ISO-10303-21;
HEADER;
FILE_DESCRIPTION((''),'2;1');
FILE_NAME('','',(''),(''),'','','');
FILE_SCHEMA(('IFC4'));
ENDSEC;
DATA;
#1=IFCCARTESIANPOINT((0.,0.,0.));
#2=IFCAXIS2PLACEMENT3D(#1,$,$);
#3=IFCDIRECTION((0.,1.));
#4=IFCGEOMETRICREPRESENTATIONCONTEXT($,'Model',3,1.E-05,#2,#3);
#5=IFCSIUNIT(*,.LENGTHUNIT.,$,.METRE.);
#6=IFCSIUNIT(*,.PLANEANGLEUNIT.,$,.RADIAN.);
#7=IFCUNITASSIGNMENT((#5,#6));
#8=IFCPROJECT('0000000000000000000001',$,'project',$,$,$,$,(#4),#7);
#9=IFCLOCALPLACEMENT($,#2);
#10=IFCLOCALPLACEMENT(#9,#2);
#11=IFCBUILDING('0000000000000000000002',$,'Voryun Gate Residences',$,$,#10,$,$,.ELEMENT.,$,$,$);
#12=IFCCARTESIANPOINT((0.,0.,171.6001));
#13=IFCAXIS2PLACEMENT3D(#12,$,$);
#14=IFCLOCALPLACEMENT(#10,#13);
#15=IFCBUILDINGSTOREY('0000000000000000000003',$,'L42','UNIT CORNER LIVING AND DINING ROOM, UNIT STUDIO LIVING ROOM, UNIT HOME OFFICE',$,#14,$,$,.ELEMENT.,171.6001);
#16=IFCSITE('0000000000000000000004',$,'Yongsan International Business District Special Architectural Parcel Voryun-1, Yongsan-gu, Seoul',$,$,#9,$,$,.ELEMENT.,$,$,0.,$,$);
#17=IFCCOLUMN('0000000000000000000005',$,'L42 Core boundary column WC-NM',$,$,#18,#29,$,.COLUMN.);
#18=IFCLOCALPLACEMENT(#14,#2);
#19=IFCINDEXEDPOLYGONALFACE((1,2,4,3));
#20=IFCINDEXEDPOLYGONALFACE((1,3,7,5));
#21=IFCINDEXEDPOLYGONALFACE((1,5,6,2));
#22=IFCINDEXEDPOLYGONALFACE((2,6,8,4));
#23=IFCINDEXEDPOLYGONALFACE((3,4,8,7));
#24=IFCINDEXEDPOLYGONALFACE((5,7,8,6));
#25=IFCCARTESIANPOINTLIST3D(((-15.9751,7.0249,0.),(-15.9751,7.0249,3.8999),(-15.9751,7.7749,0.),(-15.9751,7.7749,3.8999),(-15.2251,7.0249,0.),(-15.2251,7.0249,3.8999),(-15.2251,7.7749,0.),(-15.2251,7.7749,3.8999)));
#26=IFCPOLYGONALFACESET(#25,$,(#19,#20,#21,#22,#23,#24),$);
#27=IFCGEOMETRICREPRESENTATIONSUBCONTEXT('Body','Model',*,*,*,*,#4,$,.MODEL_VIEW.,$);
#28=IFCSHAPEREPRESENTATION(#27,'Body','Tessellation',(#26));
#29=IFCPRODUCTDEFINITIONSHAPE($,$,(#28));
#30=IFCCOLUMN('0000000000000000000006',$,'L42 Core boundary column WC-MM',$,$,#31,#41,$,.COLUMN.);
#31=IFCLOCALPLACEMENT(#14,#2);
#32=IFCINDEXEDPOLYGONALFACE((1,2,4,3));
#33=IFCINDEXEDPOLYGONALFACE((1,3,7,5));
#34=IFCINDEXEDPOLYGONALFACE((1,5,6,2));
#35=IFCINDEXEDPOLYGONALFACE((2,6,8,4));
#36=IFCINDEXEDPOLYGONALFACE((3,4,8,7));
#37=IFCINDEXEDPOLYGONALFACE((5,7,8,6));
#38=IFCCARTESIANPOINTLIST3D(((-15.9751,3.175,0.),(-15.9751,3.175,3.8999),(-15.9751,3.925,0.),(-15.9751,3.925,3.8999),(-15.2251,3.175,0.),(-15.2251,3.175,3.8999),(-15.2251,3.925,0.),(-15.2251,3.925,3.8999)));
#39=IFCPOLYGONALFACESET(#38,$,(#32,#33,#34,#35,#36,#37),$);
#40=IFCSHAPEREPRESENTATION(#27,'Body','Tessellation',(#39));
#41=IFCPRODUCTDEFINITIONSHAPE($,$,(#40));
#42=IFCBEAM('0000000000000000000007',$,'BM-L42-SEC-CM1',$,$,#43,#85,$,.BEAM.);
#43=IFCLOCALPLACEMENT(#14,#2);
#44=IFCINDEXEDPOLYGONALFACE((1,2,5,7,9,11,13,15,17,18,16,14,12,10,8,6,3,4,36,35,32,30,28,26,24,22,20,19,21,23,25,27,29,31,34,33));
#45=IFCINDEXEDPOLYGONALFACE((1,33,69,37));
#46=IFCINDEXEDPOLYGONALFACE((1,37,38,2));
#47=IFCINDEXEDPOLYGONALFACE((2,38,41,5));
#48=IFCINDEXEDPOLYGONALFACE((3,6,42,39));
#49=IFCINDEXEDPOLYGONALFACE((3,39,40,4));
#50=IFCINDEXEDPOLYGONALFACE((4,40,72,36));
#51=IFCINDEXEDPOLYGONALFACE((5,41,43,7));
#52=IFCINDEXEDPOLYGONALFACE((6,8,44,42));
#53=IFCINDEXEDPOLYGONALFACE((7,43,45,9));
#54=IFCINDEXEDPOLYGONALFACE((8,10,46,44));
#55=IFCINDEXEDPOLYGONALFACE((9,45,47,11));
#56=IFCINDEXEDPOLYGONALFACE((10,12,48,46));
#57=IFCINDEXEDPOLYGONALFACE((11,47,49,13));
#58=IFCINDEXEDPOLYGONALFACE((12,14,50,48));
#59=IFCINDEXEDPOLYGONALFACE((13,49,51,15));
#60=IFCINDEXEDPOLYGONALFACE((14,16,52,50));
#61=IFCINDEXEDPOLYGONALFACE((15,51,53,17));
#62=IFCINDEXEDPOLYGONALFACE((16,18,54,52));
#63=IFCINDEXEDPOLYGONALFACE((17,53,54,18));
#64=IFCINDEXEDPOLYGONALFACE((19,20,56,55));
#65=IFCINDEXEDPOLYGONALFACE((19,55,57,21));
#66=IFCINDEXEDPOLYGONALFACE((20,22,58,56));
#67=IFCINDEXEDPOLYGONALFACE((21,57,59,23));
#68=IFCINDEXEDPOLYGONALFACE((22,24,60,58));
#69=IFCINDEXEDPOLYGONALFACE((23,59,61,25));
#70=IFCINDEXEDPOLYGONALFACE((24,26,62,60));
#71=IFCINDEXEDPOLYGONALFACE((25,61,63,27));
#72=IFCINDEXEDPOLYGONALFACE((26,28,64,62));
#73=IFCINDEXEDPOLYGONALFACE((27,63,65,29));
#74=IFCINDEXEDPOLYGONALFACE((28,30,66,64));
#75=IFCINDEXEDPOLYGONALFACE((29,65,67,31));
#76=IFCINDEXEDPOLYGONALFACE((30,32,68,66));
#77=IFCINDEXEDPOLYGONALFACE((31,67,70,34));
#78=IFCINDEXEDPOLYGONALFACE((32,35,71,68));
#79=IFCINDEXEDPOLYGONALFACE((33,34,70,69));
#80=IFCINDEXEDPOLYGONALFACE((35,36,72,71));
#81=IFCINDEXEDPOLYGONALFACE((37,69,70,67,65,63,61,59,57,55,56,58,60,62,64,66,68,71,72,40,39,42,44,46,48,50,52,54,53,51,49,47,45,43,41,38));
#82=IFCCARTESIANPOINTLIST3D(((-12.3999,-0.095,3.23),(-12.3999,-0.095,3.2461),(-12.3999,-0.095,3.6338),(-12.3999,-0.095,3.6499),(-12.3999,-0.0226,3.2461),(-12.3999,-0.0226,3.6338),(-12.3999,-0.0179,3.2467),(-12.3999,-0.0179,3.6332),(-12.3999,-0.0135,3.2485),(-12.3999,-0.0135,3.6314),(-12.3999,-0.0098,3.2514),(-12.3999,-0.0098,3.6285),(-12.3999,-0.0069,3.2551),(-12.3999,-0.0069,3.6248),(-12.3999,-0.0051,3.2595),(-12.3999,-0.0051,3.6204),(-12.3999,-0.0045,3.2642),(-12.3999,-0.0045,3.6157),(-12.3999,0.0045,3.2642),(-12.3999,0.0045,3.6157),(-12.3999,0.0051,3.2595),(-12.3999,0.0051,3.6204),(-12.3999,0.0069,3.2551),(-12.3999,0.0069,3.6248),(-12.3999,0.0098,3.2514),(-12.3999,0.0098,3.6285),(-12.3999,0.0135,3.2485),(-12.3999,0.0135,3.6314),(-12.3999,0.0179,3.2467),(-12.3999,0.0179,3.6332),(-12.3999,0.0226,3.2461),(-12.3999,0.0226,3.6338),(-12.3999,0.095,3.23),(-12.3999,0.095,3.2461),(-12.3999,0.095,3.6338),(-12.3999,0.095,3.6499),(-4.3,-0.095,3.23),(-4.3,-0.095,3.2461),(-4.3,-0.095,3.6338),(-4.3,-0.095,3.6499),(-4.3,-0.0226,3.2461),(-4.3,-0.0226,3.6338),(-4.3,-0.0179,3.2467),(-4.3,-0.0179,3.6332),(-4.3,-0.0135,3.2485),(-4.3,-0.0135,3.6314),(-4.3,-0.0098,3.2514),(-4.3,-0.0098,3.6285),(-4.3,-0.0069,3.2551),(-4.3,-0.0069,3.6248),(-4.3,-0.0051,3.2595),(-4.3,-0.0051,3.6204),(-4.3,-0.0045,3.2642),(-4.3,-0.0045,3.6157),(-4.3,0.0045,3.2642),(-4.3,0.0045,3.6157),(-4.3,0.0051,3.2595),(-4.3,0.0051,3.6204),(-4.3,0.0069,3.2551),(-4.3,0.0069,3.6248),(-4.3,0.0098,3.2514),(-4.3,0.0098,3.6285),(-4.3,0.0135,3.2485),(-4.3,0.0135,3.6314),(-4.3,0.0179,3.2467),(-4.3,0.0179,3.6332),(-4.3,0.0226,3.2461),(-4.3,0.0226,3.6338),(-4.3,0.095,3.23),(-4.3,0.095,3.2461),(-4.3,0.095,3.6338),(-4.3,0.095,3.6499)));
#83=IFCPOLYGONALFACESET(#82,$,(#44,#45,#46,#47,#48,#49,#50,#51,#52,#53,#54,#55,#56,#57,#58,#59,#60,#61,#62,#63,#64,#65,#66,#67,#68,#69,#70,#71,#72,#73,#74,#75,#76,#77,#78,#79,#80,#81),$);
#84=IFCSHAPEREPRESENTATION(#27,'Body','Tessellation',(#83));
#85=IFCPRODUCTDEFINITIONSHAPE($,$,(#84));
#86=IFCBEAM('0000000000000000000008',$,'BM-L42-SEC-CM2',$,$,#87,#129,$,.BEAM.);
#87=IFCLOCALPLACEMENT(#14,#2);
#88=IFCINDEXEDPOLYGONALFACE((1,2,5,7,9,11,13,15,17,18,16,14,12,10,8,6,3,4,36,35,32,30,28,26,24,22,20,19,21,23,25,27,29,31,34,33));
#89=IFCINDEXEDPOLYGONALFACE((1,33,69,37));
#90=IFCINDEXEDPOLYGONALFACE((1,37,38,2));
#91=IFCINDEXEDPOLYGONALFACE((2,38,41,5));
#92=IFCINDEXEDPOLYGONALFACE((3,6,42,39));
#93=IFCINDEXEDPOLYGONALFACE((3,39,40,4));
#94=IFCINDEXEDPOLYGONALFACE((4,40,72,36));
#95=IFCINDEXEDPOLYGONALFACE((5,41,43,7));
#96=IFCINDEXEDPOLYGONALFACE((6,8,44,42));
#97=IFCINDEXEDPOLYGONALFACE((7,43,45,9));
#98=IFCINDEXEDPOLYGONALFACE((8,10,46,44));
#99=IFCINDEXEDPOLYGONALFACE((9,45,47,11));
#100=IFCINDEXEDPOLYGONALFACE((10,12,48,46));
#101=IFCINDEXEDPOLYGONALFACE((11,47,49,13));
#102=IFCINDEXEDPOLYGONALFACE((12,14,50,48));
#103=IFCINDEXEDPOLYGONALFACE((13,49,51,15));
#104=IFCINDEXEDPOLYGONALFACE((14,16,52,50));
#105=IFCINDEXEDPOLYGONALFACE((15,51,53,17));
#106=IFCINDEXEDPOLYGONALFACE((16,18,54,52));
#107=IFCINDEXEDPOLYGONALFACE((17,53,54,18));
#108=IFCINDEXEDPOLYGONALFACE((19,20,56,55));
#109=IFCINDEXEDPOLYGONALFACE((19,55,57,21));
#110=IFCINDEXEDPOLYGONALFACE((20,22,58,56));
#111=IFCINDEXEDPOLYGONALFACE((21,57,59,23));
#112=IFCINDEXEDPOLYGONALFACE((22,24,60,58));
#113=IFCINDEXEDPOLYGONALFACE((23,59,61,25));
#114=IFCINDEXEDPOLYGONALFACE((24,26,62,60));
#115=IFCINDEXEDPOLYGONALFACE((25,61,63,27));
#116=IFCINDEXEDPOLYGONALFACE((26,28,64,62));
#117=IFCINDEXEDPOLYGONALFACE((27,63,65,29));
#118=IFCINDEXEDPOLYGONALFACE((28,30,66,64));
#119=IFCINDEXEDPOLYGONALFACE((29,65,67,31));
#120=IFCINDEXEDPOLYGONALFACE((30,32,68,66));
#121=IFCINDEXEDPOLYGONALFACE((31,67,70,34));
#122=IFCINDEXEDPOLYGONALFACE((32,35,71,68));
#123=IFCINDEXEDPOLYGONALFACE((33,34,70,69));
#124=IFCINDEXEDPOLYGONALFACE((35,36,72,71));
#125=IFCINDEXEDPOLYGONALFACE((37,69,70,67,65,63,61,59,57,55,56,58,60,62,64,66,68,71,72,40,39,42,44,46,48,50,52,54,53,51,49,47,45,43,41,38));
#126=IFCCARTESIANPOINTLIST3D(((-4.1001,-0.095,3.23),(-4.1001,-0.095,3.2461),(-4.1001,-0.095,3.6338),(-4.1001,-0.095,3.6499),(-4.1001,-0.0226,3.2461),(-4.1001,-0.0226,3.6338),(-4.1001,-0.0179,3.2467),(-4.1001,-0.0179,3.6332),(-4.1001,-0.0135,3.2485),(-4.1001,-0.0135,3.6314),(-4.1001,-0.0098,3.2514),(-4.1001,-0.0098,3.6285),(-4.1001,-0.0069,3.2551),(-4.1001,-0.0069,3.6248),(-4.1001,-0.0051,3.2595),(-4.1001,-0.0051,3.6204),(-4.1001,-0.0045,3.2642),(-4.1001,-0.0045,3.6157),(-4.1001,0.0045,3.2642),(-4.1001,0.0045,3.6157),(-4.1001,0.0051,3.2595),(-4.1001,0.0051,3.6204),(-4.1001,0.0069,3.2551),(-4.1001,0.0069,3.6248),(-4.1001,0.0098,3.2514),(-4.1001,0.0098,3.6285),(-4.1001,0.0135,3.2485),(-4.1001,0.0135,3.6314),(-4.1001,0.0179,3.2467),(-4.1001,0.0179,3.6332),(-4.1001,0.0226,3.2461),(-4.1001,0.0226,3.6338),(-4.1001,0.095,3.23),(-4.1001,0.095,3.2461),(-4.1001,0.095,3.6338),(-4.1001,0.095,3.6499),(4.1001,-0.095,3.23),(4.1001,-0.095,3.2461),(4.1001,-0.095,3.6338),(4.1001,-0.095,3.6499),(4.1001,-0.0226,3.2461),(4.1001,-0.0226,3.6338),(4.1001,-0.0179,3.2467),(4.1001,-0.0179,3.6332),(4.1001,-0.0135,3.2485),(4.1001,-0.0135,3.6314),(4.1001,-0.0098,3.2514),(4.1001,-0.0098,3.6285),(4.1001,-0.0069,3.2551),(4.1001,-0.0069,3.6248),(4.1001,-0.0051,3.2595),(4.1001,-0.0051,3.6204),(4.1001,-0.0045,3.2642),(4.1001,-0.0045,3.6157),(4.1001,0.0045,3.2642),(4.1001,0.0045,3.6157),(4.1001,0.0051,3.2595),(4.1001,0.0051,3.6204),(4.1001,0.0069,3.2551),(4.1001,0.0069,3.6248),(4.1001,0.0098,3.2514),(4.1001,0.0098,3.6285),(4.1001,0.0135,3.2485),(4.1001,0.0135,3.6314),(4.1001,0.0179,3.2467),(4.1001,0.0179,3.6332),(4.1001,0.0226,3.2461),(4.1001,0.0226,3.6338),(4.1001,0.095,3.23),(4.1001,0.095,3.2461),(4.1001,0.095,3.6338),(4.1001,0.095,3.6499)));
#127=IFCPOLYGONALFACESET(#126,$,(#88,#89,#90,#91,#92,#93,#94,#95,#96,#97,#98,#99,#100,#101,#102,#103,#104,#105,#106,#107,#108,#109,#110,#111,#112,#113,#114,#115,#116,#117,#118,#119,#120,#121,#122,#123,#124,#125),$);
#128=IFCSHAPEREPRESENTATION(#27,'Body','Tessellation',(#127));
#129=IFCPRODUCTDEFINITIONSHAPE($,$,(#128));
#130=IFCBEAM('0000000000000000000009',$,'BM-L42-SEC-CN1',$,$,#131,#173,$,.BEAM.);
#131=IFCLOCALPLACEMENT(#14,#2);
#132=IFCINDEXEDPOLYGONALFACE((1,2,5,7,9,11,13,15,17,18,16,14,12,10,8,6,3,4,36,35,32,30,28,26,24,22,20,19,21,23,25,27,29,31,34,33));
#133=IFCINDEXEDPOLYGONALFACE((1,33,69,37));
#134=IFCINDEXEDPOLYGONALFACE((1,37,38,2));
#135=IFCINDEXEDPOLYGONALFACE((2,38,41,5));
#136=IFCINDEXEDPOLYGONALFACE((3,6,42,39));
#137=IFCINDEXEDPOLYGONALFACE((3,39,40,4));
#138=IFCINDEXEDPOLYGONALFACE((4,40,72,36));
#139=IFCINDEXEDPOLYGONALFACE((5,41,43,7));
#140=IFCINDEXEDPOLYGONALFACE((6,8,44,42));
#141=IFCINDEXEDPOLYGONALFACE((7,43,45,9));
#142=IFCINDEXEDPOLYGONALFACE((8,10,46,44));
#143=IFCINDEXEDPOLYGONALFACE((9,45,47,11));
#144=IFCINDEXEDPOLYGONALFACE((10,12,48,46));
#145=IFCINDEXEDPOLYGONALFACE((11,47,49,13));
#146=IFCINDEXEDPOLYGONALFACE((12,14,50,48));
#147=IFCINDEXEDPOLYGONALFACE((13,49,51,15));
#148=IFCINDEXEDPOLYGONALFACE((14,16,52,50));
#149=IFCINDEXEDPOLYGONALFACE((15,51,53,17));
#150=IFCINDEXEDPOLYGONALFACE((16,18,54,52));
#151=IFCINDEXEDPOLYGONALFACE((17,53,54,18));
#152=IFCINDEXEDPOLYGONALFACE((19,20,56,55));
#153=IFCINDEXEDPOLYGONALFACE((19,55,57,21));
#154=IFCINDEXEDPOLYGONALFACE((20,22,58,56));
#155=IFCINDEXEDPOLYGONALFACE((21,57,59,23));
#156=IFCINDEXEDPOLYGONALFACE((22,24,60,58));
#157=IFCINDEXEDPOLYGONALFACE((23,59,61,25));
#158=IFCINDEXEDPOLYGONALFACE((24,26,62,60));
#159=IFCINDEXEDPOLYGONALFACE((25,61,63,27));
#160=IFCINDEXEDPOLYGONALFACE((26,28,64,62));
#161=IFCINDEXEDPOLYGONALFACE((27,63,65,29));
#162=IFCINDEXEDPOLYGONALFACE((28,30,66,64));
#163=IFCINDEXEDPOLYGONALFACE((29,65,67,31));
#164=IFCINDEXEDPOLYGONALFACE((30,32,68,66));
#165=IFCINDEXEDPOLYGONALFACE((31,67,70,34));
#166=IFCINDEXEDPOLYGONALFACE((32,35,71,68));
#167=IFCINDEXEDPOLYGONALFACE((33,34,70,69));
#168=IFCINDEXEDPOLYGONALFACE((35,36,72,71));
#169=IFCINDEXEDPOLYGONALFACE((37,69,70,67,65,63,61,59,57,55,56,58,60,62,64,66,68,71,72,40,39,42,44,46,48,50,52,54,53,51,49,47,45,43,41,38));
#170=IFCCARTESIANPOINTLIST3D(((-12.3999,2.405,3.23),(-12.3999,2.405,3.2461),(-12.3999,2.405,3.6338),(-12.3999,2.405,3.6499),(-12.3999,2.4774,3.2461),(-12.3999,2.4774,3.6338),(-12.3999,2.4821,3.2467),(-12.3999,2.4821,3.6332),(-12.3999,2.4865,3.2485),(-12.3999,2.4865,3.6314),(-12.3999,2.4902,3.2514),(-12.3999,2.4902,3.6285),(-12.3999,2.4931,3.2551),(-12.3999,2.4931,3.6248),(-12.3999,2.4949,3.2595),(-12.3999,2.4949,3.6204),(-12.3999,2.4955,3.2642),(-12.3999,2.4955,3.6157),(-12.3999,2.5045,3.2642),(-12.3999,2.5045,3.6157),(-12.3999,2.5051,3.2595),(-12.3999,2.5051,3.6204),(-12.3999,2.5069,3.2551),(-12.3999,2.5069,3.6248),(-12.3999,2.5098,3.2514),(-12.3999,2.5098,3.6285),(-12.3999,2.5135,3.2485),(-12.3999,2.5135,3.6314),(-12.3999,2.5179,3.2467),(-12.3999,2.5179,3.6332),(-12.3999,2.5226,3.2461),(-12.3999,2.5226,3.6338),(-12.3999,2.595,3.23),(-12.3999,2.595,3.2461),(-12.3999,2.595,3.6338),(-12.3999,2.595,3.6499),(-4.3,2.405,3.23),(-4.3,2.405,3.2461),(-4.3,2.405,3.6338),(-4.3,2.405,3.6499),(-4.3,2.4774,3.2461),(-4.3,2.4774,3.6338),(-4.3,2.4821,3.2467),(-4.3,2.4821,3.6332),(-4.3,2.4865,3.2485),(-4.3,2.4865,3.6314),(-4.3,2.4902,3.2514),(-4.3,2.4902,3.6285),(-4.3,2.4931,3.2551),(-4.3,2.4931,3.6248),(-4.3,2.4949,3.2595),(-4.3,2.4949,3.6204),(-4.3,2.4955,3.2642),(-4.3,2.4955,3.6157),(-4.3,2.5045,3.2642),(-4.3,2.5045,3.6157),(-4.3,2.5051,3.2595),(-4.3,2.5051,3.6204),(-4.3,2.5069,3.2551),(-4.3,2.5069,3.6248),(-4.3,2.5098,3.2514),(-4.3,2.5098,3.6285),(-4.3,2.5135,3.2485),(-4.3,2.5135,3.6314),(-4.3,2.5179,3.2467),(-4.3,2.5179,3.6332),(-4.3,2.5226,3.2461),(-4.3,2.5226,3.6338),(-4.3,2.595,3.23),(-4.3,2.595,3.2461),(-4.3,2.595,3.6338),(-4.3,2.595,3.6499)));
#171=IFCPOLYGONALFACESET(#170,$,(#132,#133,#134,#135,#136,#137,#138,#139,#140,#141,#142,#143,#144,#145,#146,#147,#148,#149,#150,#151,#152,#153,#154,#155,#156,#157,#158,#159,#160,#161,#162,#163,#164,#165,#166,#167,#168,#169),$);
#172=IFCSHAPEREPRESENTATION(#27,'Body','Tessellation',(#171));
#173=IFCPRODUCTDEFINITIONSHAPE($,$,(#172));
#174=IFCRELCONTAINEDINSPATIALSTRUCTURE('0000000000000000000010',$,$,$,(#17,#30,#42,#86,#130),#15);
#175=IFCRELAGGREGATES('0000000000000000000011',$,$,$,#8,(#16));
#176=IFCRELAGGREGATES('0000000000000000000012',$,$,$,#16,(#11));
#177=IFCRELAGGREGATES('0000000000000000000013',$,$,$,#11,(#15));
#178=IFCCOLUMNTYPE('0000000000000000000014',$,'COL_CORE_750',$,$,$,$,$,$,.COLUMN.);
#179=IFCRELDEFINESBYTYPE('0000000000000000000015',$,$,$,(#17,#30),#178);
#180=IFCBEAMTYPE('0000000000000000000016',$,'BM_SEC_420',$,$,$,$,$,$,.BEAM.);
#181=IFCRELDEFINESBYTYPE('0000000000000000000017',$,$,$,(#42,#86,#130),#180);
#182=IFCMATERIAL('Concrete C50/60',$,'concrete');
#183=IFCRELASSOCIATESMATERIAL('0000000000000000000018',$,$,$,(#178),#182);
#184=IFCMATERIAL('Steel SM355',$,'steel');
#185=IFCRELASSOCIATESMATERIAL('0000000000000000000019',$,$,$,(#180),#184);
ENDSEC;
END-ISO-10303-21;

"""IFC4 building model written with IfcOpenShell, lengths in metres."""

from ifc_helpers import new_model, si_unit, direction, frame, origin, origin_2d, place, context, subcontext, project, spatial, rectangle, i_section, extrude, material, material_profile, profile_set, type_object, element, save


model = new_model("IFC4")

# Units and contexts
model_context = context("Model", 3, precision=1e-05, world=origin(), true_north=direction((0.0, 1.0)))
body_context = subcontext(model_context, "Body", "Model", "MODEL_VIEW")
ifc_project = project(units=[si_unit("LENGTHUNIT", "METRE"), si_unit("PLANEANGLEUNIT", "RADIAN")], contexts=[model_context])

# Site, building, storey
site_placement = place(None, origin())
site = spatial("IfcSite", under=ifc_project, at=site_placement, Name="Yongsan International Business District Special Architectural Parcel Voryun-1, Yongsan-gu, Seoul", CompositionType="ELEMENT", RefElevation=0.0)
building_placement = place(site_placement, origin())
building = spatial("IfcBuilding", under=site, at=building_placement, Name="Voryun Gate Residences", CompositionType="ELEMENT")
storey_placement = place(building_placement, frame((0.0, 0.0, 171.6001)))
storey = spatial("IfcBuildingStorey", under=building, at=storey_placement, Name="L42", Description="UNIT CORNER LIVING AND DINING ROOM, UNIT STUDIO LIVING ROOM, UNIT HOME OFFICE", CompositionType="ELEMENT", Elevation=171.6001)

# Columns
ifc_material_1 = material(Name="Concrete C50/60", Category="concrete")
ifc_material_profile_1 = material_profile(ifc_material_1, rectangle(XDim=0.75, YDim=0.75, at=origin_2d()), Name="RC-750x750")
ifc_profile_set_1 = profile_set([ifc_material_profile_1], Name="Concrete C50/60")
column_type = type_object("IfcColumnType", Name="COL_CORE_750", PredefinedType="COLUMN", material=ifc_profile_set_1)
for number, where, z_axis, x_axis, name in (
    (1, (-15.6001, 7.3999, 0.0), (0.0, 0.0, 1.0), (1.0, 0.0, 0.0), "L42 Core boundary column WC-NM"),
    (2, (-15.6001, 3.55, 0.0), (0.0, 0.0, 1.0), (1.0, 0.0, 0.0), "L42 Core boundary column WC-MM"),
):
    element("IfcColumn", number, at=place(storey_placement, frame(where, z_axis=z_axis, x_axis=x_axis)), inside=storey, type_object=column_type, Name=name, PredefinedType="COLUMN", context=body_context, shape_type="SweptSolid", body=[
        extrude(rectangle(XDim=0.75, YDim=0.75, at=origin_2d()), origin(), (0.0, 0.0, 1.0), 3.8999),
    ])

# Beams
ifc_material_2 = material(Name="Steel SM355", Category="steel")
ifc_material_profile_2 = material_profile(ifc_material_2, i_section(OverallWidth=0.1899, OverallDepth=0.4199, WebThickness=0.009, FlangeThickness=0.0161, FilletRadius=0.0181, at=origin_2d()), Name="H-420x190x9x16")
ifc_profile_set_2 = profile_set([ifc_material_profile_2], Name="Steel SM355")
beam_type = type_object("IfcBeamType", Name="BM_SEC_420", PredefinedType="BEAM", material=ifc_profile_set_2)
beam_1_placement = place(storey_placement, frame((-12.3999, 0.0, 3.4399), z_axis=(1.0, 0.0, 0.0), x_axis=(0.0, 1.0, 0.0)))
element("IfcBeam", 3, at=beam_1_placement, inside=storey, type_object=beam_type, Name="BM-L42-SEC-CM1", PredefinedType="BEAM", context=body_context, shape_type="SweptSolid", body=[
    extrude(i_section(OverallWidth=0.1899, OverallDepth=0.4199, WebThickness=0.009, FlangeThickness=0.0161, FilletRadius=0.0181, at=origin_2d()), origin(), (0.0, 0.0, 1.0), 8.0999),
])
beam_2_placement = place(storey_placement, frame((-4.1001, 0.0, 3.4399), z_axis=(1.0, 0.0, 0.0), x_axis=(0.0, 1.0, 0.0)))
element("IfcBeam", 4, at=beam_2_placement, inside=storey, type_object=beam_type, Name="BM-L42-SEC-CM2", PredefinedType="BEAM", context=body_context, shape_type="SweptSolid", body=[
    extrude(i_section(OverallWidth=0.1899, OverallDepth=0.4199, WebThickness=0.009, FlangeThickness=0.0161, FilletRadius=0.0181, at=origin_2d()), origin(), (0.0, 0.0, 1.0), 8.2002),
])
beam_3_placement = place(storey_placement, frame((-12.3999, 2.5, 3.4399), z_axis=(1.0, 0.0, 0.0), x_axis=(0.0, 1.0, 0.0)))
element("IfcBeam", 5, at=beam_3_placement, inside=storey, type_object=beam_type, Name="BM-L42-SEC-CN1", PredefinedType="BEAM", context=body_context, shape_type="SweptSolid", body=[
    extrude(i_section(OverallWidth=0.1899, OverallDepth=0.4199, WebThickness=0.009, FlangeThickness=0.0161, FilletRadius=0.0181, at=origin_2d()), origin(), (0.0, 0.0, 1.0), 8.0999),
])

save(model, "model.ifc")
